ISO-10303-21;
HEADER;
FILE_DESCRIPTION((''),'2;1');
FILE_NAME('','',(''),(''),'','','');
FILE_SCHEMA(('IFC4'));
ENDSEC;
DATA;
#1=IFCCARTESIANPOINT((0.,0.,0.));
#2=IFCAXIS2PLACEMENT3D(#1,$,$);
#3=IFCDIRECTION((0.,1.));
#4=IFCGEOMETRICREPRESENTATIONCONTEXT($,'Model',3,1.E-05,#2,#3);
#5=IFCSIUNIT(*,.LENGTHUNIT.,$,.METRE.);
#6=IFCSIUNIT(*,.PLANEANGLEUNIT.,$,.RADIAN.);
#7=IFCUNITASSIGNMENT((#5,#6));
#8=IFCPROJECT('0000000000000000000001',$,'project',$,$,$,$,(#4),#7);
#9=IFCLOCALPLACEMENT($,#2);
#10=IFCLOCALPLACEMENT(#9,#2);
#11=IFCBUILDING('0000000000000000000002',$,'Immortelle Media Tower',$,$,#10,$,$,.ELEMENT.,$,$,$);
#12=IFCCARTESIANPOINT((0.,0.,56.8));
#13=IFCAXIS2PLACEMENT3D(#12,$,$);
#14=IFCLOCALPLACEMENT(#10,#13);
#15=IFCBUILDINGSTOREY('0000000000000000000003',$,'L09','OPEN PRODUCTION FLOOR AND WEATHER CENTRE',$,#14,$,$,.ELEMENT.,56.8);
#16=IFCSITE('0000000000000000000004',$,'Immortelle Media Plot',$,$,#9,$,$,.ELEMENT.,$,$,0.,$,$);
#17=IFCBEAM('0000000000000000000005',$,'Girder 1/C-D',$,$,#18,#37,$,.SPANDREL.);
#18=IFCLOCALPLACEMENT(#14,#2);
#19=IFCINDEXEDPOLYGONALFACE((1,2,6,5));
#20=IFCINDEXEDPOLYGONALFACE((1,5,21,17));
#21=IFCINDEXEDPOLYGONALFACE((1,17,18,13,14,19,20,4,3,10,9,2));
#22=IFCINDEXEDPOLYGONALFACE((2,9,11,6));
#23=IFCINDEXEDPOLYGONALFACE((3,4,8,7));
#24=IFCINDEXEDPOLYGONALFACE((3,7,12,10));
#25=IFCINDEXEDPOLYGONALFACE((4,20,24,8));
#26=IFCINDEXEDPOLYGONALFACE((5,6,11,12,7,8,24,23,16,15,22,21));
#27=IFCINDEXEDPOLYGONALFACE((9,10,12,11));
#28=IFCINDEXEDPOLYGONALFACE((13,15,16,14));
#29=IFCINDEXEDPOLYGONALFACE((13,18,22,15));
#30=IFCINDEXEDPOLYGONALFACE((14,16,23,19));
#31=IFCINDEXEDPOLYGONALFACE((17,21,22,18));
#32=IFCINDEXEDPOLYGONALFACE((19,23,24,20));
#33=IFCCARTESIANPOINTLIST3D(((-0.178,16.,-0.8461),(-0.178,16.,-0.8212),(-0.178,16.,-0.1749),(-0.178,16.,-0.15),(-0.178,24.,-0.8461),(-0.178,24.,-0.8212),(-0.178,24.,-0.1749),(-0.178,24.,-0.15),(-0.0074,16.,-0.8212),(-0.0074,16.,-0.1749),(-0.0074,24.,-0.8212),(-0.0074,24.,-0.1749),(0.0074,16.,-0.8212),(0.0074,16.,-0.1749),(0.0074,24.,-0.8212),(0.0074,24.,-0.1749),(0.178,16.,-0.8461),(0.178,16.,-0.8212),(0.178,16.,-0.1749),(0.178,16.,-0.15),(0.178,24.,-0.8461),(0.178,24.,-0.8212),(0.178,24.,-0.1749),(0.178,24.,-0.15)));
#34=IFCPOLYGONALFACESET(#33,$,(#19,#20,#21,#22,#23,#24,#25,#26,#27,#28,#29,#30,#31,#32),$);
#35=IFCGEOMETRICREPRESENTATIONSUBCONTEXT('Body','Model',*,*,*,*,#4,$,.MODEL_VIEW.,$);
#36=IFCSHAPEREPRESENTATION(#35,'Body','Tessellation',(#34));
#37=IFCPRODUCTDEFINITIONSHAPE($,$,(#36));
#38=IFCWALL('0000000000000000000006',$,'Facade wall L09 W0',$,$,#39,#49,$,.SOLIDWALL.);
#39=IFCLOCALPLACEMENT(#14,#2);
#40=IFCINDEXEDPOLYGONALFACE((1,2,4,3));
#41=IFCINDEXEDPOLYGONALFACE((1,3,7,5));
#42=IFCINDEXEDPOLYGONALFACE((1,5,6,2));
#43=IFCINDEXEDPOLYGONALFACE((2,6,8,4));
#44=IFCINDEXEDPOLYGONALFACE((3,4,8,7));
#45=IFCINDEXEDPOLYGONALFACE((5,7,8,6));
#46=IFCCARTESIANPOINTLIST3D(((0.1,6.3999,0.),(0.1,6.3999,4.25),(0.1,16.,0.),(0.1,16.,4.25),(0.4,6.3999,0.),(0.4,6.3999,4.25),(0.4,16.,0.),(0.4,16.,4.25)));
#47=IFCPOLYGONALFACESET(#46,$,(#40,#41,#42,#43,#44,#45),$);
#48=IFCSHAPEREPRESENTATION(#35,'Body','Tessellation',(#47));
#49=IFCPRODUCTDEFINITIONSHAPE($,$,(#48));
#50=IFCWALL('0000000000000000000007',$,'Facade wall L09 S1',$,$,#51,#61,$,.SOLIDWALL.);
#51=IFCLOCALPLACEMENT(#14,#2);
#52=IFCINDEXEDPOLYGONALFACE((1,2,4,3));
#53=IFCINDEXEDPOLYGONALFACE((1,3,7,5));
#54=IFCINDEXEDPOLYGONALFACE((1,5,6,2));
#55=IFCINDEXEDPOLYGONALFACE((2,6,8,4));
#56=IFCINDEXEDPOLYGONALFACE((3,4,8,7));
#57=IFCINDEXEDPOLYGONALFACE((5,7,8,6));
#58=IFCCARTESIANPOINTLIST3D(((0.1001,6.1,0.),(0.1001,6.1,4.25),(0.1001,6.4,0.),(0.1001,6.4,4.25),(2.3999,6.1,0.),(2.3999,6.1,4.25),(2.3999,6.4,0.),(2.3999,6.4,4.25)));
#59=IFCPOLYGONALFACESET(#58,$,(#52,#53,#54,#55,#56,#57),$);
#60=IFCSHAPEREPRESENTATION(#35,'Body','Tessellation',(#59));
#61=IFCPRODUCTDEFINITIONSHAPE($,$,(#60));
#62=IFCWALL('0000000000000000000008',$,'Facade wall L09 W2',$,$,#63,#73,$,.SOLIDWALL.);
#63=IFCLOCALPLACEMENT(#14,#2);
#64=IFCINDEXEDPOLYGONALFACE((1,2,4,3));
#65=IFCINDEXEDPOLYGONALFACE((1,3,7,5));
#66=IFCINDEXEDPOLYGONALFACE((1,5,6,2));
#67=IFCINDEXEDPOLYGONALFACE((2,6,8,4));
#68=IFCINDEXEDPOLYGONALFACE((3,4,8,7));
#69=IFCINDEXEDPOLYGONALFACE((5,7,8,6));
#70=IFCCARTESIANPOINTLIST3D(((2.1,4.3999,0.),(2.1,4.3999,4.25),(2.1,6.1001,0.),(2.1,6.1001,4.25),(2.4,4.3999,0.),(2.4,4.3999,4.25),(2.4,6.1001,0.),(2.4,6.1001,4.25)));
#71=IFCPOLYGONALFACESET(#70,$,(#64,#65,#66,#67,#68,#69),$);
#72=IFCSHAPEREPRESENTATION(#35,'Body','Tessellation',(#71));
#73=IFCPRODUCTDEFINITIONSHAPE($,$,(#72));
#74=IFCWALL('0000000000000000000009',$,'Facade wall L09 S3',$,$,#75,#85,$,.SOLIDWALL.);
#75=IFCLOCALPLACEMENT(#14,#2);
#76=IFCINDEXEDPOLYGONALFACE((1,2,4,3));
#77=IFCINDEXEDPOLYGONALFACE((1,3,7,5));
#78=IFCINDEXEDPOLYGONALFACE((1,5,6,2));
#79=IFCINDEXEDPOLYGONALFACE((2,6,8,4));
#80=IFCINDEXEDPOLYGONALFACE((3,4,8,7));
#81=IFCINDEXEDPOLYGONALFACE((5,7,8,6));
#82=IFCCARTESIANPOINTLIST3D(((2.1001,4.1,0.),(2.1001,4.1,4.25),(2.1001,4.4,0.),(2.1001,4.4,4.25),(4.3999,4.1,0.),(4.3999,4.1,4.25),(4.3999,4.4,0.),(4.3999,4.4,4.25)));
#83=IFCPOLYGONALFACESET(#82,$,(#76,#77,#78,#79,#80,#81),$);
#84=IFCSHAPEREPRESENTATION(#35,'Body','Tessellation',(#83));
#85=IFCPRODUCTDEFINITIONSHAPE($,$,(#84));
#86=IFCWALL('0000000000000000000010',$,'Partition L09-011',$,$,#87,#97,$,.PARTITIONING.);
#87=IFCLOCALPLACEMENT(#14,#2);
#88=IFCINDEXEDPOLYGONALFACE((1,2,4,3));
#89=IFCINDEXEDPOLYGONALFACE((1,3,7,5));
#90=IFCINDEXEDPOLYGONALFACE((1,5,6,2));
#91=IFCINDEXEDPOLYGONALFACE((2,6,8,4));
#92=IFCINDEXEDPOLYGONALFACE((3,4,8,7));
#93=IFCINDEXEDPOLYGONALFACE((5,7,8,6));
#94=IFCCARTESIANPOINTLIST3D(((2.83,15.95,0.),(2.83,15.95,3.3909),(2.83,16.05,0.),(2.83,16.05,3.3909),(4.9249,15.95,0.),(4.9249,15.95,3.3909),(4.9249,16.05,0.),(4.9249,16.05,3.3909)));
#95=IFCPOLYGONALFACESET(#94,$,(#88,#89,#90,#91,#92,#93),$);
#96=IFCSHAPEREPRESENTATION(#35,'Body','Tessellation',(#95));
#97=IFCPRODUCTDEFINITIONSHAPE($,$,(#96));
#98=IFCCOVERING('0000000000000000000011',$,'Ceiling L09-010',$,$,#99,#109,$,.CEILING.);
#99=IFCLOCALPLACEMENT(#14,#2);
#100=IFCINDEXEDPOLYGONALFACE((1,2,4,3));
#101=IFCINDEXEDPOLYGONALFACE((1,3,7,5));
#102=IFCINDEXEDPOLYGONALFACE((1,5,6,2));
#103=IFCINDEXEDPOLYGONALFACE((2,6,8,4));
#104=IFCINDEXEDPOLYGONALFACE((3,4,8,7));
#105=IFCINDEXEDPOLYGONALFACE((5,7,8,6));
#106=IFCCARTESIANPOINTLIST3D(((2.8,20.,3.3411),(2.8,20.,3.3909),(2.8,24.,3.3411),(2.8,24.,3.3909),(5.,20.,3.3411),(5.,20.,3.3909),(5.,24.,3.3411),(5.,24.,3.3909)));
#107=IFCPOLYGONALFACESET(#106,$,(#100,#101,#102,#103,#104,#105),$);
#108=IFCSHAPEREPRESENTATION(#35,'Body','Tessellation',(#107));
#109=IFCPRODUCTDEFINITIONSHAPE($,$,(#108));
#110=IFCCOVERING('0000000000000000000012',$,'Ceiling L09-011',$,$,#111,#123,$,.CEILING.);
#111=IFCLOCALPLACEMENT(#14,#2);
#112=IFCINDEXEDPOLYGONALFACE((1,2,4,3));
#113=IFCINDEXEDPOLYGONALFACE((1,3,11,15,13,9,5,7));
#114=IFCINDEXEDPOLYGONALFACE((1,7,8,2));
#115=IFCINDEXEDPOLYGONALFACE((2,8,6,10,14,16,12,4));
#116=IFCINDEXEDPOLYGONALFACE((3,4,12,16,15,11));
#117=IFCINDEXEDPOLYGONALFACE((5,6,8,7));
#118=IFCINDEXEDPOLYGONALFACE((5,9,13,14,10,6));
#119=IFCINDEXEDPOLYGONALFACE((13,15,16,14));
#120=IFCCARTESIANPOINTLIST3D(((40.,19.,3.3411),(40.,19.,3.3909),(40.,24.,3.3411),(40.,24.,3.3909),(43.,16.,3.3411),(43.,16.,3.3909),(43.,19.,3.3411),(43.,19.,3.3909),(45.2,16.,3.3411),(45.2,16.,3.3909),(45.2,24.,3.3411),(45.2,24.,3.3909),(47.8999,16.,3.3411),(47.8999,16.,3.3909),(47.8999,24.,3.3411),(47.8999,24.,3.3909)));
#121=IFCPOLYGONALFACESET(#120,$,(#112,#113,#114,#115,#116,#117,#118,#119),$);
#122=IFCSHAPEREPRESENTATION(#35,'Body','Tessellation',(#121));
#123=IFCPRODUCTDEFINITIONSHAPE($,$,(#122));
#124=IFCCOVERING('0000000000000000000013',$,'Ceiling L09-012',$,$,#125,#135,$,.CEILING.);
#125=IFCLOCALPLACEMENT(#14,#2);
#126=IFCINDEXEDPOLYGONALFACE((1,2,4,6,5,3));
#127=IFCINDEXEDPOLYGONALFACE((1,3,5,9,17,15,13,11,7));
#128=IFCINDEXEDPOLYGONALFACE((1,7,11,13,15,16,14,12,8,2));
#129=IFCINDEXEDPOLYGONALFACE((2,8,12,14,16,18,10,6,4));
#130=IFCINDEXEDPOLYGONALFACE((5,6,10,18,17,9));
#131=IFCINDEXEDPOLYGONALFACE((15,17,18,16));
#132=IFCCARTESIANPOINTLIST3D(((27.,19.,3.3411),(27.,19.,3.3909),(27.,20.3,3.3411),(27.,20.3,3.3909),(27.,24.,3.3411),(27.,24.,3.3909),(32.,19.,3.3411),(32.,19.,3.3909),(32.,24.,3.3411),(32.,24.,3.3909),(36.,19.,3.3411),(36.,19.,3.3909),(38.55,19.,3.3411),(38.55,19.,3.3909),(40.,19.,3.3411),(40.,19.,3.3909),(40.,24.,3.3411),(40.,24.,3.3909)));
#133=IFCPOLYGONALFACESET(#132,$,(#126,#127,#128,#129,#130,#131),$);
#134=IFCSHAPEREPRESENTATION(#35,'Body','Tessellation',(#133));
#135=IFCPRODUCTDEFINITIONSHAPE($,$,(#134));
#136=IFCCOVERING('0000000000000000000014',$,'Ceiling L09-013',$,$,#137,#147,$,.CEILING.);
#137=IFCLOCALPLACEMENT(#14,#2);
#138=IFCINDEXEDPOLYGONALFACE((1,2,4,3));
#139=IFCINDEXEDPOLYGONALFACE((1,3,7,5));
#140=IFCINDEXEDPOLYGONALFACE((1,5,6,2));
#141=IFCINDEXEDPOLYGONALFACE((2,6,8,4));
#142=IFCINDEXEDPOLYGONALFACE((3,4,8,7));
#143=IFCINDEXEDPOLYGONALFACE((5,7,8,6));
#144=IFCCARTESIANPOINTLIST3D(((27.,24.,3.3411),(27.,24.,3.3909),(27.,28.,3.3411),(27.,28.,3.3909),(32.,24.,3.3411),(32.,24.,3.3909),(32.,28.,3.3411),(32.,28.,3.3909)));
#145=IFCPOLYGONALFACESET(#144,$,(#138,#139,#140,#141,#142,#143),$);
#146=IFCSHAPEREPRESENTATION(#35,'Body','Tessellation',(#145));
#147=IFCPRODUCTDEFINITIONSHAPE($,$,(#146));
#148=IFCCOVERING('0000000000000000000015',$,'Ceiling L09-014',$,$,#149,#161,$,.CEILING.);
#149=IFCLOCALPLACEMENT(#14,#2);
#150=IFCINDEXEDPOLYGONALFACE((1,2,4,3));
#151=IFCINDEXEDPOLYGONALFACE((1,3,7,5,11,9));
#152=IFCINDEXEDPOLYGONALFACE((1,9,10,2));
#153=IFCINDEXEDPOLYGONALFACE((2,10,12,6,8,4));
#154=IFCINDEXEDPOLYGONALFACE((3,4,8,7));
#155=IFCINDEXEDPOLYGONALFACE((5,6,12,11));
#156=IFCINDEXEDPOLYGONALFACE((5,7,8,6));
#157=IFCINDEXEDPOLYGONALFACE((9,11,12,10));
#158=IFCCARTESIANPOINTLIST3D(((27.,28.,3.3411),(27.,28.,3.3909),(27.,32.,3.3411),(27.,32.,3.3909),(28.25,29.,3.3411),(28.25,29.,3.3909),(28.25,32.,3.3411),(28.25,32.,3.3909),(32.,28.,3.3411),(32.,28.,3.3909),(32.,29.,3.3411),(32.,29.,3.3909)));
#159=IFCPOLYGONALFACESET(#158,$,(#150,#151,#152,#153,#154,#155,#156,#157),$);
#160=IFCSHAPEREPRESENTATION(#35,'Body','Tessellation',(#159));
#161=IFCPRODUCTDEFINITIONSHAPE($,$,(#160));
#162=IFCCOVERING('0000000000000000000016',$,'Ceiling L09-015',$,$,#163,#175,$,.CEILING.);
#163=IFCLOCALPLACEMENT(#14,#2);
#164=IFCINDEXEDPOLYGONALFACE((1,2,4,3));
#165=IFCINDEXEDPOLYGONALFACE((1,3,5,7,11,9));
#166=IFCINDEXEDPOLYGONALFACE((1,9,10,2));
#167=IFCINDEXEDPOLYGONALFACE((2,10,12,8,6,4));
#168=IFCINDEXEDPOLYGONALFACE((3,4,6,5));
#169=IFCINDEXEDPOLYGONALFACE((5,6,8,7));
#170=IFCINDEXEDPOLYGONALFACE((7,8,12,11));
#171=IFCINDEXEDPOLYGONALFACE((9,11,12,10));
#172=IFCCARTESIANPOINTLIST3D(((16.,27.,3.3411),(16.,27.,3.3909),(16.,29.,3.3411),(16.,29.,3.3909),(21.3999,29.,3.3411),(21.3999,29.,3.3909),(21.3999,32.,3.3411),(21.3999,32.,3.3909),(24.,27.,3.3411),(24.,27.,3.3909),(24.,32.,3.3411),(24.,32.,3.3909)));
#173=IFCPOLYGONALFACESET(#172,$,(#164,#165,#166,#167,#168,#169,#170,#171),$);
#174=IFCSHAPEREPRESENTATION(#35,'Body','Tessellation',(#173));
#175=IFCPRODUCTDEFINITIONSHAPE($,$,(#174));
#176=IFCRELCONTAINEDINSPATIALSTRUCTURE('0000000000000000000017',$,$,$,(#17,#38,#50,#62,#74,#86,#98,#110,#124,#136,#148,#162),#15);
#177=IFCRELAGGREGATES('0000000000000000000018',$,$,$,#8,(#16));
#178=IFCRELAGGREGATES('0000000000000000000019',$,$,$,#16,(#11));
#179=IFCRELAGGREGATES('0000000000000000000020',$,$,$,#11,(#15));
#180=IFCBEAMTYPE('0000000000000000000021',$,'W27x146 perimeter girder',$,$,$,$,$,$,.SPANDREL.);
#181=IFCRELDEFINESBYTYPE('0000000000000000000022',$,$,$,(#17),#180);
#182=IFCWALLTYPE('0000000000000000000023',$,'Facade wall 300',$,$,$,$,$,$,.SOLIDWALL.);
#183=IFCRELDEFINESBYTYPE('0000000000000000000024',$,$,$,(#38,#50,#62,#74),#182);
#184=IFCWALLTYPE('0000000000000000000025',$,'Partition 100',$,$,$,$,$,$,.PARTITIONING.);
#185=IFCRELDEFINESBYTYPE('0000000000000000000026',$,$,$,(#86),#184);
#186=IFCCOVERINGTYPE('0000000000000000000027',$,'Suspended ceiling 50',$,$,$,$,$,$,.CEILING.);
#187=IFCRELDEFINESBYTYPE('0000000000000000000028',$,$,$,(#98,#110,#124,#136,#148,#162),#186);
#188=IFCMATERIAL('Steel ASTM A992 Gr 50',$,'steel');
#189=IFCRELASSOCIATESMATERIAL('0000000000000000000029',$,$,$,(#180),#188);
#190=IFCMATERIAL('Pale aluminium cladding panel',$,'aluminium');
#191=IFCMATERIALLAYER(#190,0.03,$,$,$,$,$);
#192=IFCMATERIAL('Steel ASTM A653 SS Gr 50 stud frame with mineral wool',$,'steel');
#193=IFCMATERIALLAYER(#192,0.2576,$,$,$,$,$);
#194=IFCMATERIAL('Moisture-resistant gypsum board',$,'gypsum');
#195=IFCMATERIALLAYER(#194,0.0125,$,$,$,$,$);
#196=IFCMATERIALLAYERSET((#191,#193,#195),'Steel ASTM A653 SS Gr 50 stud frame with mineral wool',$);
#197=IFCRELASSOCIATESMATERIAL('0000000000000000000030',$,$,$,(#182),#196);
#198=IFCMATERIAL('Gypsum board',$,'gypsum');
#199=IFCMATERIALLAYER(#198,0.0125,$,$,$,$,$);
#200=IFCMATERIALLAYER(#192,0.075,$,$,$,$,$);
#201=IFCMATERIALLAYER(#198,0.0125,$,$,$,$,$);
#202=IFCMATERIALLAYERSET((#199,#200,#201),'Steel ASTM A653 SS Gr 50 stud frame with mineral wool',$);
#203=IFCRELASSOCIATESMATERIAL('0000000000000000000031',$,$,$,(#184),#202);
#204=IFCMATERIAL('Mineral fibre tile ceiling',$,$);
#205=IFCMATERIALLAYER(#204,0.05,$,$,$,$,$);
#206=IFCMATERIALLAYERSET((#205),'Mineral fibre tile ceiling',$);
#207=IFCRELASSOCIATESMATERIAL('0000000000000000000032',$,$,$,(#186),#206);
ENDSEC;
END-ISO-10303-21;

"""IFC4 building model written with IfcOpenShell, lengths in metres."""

from ifc_helpers import new_model, si_unit, direction, frame, frame_2d, origin, origin_2d, place, context, subcontext, project, spatial, polyline, rectangle, i_section, outline, extrude, material, layer, layer_set, material_profile, profile_set, type_object, element, save


model = new_model("IFC4")

# Units and contexts
model_context = context("Model", 3, precision=1e-05, world=origin(), true_north=direction((0.0, 1.0)))
body_context = subcontext(model_context, "Body", "Model", "MODEL_VIEW")
ifc_project = project(units=[si_unit("LENGTHUNIT", "METRE"), si_unit("PLANEANGLEUNIT", "RADIAN")], contexts=[model_context])

# Site, building, storey
site_placement = place(None, origin())
site = spatial("IfcSite", under=ifc_project, at=site_placement, Name="Immortelle Media Plot", CompositionType="ELEMENT", RefElevation=0.0)
building_placement = place(site_placement, origin())
building = spatial("IfcBuilding", under=site, at=building_placement, Name="Immortelle Media Tower", CompositionType="ELEMENT")
storey_placement = place(building_placement, frame((0.0, 0.0, 56.8)))
storey = spatial("IfcBuildingStorey", under=building, at=storey_placement, Name="L09", Description="OPEN PRODUCTION FLOOR AND WEATHER CENTRE", CompositionType="ELEMENT", Elevation=56.8)

# Shared definitions
ifc_material_1 = material(Name="Steel ASTM A992 Gr 50", Category="steel")

# Beam
ifc_material_profile_1 = material_profile(ifc_material_1, i_section(OverallWidth=0.356, OverallDepth=0.696, WebThickness=0.0149, FlangeThickness=0.0249, at=origin_2d()), Name="W27x146")
ifc_profile_set_1 = profile_set([ifc_material_profile_1], Name="Steel ASTM A992 Gr 50")
beam_type_1 = type_object("IfcBeamType", Name="W27x146 perimeter girder", PredefinedType="SPANDREL", material=ifc_profile_set_1)
for number, where, z_axis, x_axis, name in (
    (1, (0.0, 16.0, -0.498), (0.0, 1.0, 0.0), (-1.0, 0.0, 0.0), "Girder 1/C-D"),
):
    element("IfcBeam", number, at=place(storey_placement, frame(where, z_axis=z_axis, x_axis=x_axis)), inside=storey, type_object=beam_type_1, Name=name, PredefinedType="SPANDREL", context=body_context, shape_type="SweptSolid", body=[
        extrude(i_section(OverallWidth=0.356, OverallDepth=0.696, WebThickness=0.0149, FlangeThickness=0.0249, at=origin_2d()), origin(), (0.0, 0.0, 1.0), 8.0),
    ])

# Walls
ifc_material_2 = material(Name="Pale aluminium cladding panel", Category="aluminium")
ifc_layer_1 = layer(ifc_material_2, 0.03)
ifc_material_3 = material(Name="Steel ASTM A653 SS Gr 50 stud frame with mineral wool", Category="steel")
ifc_layer_2 = layer(ifc_material_3, 0.2576)
ifc_material_4 = material(Name="Moisture-resistant gypsum board", Category="gypsum")
ifc_layer_3 = layer(ifc_material_4, 0.0125)
ifc_layer_set_1 = layer_set([ifc_layer_1, ifc_layer_2, ifc_layer_3], Name="Steel ASTM A653 SS Gr 50 stud frame with mineral wool")
wall_type_1 = type_object("IfcWallType", Name="Facade wall 300", PredefinedType="SOLIDWALL", material=ifc_layer_set_1)
wall_1_placement = place(storey_placement, frame((0.25, 16.0, 0.0), z_axis=(0.0, 0.0, 1.0), x_axis=(0.0, -1.0, 0.0)))
element("IfcWall", 2, at=wall_1_placement, inside=storey, type_object=wall_type_1, Name="Facade wall L09 W0", PredefinedType="SOLIDWALL", context=body_context, shape_type="SweptSolid", body=[
    extrude(rectangle(XDim=9.6001, YDim=0.3, at=frame_2d((4.8, 0.0))), origin(), (0.0, 0.0, 1.0), 4.25),
])
wall_2_placement = place(storey_placement, frame((0.1001, 6.25, 0.0), z_axis=(0.0, 0.0, 1.0), x_axis=(1.0, 0.0, 0.0)))
element("IfcWall", 3, at=wall_2_placement, inside=storey, type_object=wall_type_1, Name="Facade wall L09 S1", PredefinedType="SOLIDWALL", context=body_context, shape_type="SweptSolid", body=[
    extrude(rectangle(XDim=2.2998, YDim=0.3, at=frame_2d((1.1499, 0.0))), origin(), (0.0, 0.0, 1.0), 4.25),
])
wall_3_placement = place(storey_placement, frame((2.25, 6.1001, 0.0), z_axis=(0.0, 0.0, 1.0), x_axis=(0.0, -1.0, 0.0)))
element("IfcWall", 4, at=wall_3_placement, inside=storey, type_object=wall_type_1, Name="Facade wall L09 W2", PredefinedType="SOLIDWALL", context=body_context, shape_type="SweptSolid", body=[
    extrude(rectangle(XDim=1.7002, YDim=0.3, at=frame_2d((0.8501, 0.0))), origin(), (0.0, 0.0, 1.0), 4.25),
])
wall_4_placement = place(storey_placement, frame((2.1001, 4.25, 0.0), z_axis=(0.0, 0.0, 1.0), x_axis=(1.0, 0.0, 0.0)))
element("IfcWall", 5, at=wall_4_placement, inside=storey, type_object=wall_type_1, Name="Facade wall L09 S3", PredefinedType="SOLIDWALL", context=body_context, shape_type="SweptSolid", body=[
    extrude(rectangle(XDim=2.2998, YDim=0.3, at=frame_2d((1.1499, 0.0))), origin(), (0.0, 0.0, 1.0), 4.25),
])
ifc_material_5 = material(Name="Gypsum board", Category="gypsum")
ifc_layer_4 = layer(ifc_material_5, 0.0125)
ifc_layer_5 = layer(ifc_material_3, 0.075)
ifc_layer_6 = layer(ifc_material_5, 0.0125)
ifc_layer_set_2 = layer_set([ifc_layer_4, ifc_layer_5, ifc_layer_6], Name="Steel ASTM A653 SS Gr 50 stud frame with mineral wool")
wall_type_2 = type_object("IfcWallType", Name="Partition 100", PredefinedType="PARTITIONING", material=ifc_layer_set_2)
wall_5_placement = place(storey_placement, frame((2.8301, 16.0, 0.0), z_axis=(0.0, 0.0, 1.0), x_axis=(1.0, 0.0, 0.0)))
element("IfcWall", 6, at=wall_5_placement, inside=storey, type_object=wall_type_2, Name="Partition L09-011", PredefinedType="PARTITIONING", context=body_context, shape_type="SweptSolid", body=[
    extrude(rectangle(XDim=2.095, YDim=0.1001, at=frame_2d((1.0474, 0.0))), origin(), (0.0, 0.0, 1.0), 3.3909),
])

# Coverings
ifc_material_6 = material(Name="Mineral fibre tile ceiling")
ifc_layer_7 = layer(ifc_material_6, 0.05)
ifc_layer_set_3 = layer_set([ifc_layer_7], Name="Mineral fibre tile ceiling")
covering_type = type_object("IfcCoveringType", Name="Suspended ceiling 50", PredefinedType="CEILING", material=ifc_layer_set_3)
covering_1_placement = place(storey_placement, frame((0.0, 0.0, 3.3411)))
element("IfcCovering", 7, at=covering_1_placement, inside=storey, type_object=covering_type, Name="Ceiling L09-010", PredefinedType="CEILING", context=body_context, shape_type="SweptSolid", body=[
    extrude(outline(polyline([(2.8, 24.0), (5.0, 24.0), (5.0, 20.0), (2.8, 20.0), (2.8, 24.0)])), origin(), (0.0, 0.0, 1.0), 0.0498),
])
covering_2_placement = place(storey_placement, frame((0.0, 0.0, 3.3411)))
element("IfcCovering", 8, at=covering_2_placement, inside=storey, type_object=covering_type, Name="Ceiling L09-011", PredefinedType="CEILING", context=body_context, shape_type="SweptSolid", body=[
    extrude(outline(polyline([(45.2, 16.0), (43.0, 16.0), (43.0, 19.0), (40.0, 19.0), (40.0, 24.0), (45.2, 24.0), (47.8999, 24.0), (47.8999, 16.0), (45.2, 16.0)])), origin(), (0.0, 0.0, 1.0), 0.0498),
])
covering_3_placement = place(storey_placement, frame((0.0, 0.0, 3.3411)))
element("IfcCovering", 9, at=covering_3_placement, inside=storey, type_object=covering_type, Name="Ceiling L09-012", PredefinedType="CEILING", context=body_context, shape_type="SweptSolid", body=[
    extrude(outline(polyline([(27.0, 19.0), (27.0, 20.3), (27.0, 24.0), (32.0, 24.0), (40.0, 24.0), (40.0, 19.0), (38.55, 19.0), (36.0, 19.0), (32.0, 19.0), (27.0, 19.0)])), origin(), (0.0, 0.0, 1.0), 0.0498),
])
covering_4_placement = place(storey_placement, frame((0.0, 0.0, 3.3411)))
element("IfcCovering", 10, at=covering_4_placement, inside=storey, type_object=covering_type, Name="Ceiling L09-013", PredefinedType="CEILING", context=body_context, shape_type="SweptSolid", body=[
    extrude(outline(polyline([(27.0, 28.0), (32.0, 28.0), (32.0, 24.0), (27.0, 24.0), (27.0, 28.0)])), origin(), (0.0, 0.0, 1.0), 0.0498),
])
covering_5_placement = place(storey_placement, frame((0.0, 0.0, 3.3411)))
element("IfcCovering", 11, at=covering_5_placement, inside=storey, type_object=covering_type, Name="Ceiling L09-014", PredefinedType="CEILING", context=body_context, shape_type="SweptSolid", body=[
    extrude(outline(polyline([(27.0, 32.0), (28.25, 32.0), (28.25, 29.0), (32.0, 29.0), (32.0, 28.0), (27.0, 28.0), (27.0, 32.0)])), origin(), (0.0, 0.0, 1.0), 0.0498),
])
covering_6_placement = place(storey_placement, frame((0.0, 0.0, 3.3411)))
element("IfcCovering", 12, at=covering_6_placement, inside=storey, type_object=covering_type, Name="Ceiling L09-015", PredefinedType="CEILING", context=body_context, shape_type="SweptSolid", body=[
    extrude(outline(polyline([(16.0, 27.0), (16.0, 29.0), (21.3999, 29.0), (21.3999, 32.0), (24.0, 32.0), (24.0, 27.0), (16.0, 27.0)])), origin(), (0.0, 0.0, 1.0), 0.0498),
])

save(model, "model.ifc")
